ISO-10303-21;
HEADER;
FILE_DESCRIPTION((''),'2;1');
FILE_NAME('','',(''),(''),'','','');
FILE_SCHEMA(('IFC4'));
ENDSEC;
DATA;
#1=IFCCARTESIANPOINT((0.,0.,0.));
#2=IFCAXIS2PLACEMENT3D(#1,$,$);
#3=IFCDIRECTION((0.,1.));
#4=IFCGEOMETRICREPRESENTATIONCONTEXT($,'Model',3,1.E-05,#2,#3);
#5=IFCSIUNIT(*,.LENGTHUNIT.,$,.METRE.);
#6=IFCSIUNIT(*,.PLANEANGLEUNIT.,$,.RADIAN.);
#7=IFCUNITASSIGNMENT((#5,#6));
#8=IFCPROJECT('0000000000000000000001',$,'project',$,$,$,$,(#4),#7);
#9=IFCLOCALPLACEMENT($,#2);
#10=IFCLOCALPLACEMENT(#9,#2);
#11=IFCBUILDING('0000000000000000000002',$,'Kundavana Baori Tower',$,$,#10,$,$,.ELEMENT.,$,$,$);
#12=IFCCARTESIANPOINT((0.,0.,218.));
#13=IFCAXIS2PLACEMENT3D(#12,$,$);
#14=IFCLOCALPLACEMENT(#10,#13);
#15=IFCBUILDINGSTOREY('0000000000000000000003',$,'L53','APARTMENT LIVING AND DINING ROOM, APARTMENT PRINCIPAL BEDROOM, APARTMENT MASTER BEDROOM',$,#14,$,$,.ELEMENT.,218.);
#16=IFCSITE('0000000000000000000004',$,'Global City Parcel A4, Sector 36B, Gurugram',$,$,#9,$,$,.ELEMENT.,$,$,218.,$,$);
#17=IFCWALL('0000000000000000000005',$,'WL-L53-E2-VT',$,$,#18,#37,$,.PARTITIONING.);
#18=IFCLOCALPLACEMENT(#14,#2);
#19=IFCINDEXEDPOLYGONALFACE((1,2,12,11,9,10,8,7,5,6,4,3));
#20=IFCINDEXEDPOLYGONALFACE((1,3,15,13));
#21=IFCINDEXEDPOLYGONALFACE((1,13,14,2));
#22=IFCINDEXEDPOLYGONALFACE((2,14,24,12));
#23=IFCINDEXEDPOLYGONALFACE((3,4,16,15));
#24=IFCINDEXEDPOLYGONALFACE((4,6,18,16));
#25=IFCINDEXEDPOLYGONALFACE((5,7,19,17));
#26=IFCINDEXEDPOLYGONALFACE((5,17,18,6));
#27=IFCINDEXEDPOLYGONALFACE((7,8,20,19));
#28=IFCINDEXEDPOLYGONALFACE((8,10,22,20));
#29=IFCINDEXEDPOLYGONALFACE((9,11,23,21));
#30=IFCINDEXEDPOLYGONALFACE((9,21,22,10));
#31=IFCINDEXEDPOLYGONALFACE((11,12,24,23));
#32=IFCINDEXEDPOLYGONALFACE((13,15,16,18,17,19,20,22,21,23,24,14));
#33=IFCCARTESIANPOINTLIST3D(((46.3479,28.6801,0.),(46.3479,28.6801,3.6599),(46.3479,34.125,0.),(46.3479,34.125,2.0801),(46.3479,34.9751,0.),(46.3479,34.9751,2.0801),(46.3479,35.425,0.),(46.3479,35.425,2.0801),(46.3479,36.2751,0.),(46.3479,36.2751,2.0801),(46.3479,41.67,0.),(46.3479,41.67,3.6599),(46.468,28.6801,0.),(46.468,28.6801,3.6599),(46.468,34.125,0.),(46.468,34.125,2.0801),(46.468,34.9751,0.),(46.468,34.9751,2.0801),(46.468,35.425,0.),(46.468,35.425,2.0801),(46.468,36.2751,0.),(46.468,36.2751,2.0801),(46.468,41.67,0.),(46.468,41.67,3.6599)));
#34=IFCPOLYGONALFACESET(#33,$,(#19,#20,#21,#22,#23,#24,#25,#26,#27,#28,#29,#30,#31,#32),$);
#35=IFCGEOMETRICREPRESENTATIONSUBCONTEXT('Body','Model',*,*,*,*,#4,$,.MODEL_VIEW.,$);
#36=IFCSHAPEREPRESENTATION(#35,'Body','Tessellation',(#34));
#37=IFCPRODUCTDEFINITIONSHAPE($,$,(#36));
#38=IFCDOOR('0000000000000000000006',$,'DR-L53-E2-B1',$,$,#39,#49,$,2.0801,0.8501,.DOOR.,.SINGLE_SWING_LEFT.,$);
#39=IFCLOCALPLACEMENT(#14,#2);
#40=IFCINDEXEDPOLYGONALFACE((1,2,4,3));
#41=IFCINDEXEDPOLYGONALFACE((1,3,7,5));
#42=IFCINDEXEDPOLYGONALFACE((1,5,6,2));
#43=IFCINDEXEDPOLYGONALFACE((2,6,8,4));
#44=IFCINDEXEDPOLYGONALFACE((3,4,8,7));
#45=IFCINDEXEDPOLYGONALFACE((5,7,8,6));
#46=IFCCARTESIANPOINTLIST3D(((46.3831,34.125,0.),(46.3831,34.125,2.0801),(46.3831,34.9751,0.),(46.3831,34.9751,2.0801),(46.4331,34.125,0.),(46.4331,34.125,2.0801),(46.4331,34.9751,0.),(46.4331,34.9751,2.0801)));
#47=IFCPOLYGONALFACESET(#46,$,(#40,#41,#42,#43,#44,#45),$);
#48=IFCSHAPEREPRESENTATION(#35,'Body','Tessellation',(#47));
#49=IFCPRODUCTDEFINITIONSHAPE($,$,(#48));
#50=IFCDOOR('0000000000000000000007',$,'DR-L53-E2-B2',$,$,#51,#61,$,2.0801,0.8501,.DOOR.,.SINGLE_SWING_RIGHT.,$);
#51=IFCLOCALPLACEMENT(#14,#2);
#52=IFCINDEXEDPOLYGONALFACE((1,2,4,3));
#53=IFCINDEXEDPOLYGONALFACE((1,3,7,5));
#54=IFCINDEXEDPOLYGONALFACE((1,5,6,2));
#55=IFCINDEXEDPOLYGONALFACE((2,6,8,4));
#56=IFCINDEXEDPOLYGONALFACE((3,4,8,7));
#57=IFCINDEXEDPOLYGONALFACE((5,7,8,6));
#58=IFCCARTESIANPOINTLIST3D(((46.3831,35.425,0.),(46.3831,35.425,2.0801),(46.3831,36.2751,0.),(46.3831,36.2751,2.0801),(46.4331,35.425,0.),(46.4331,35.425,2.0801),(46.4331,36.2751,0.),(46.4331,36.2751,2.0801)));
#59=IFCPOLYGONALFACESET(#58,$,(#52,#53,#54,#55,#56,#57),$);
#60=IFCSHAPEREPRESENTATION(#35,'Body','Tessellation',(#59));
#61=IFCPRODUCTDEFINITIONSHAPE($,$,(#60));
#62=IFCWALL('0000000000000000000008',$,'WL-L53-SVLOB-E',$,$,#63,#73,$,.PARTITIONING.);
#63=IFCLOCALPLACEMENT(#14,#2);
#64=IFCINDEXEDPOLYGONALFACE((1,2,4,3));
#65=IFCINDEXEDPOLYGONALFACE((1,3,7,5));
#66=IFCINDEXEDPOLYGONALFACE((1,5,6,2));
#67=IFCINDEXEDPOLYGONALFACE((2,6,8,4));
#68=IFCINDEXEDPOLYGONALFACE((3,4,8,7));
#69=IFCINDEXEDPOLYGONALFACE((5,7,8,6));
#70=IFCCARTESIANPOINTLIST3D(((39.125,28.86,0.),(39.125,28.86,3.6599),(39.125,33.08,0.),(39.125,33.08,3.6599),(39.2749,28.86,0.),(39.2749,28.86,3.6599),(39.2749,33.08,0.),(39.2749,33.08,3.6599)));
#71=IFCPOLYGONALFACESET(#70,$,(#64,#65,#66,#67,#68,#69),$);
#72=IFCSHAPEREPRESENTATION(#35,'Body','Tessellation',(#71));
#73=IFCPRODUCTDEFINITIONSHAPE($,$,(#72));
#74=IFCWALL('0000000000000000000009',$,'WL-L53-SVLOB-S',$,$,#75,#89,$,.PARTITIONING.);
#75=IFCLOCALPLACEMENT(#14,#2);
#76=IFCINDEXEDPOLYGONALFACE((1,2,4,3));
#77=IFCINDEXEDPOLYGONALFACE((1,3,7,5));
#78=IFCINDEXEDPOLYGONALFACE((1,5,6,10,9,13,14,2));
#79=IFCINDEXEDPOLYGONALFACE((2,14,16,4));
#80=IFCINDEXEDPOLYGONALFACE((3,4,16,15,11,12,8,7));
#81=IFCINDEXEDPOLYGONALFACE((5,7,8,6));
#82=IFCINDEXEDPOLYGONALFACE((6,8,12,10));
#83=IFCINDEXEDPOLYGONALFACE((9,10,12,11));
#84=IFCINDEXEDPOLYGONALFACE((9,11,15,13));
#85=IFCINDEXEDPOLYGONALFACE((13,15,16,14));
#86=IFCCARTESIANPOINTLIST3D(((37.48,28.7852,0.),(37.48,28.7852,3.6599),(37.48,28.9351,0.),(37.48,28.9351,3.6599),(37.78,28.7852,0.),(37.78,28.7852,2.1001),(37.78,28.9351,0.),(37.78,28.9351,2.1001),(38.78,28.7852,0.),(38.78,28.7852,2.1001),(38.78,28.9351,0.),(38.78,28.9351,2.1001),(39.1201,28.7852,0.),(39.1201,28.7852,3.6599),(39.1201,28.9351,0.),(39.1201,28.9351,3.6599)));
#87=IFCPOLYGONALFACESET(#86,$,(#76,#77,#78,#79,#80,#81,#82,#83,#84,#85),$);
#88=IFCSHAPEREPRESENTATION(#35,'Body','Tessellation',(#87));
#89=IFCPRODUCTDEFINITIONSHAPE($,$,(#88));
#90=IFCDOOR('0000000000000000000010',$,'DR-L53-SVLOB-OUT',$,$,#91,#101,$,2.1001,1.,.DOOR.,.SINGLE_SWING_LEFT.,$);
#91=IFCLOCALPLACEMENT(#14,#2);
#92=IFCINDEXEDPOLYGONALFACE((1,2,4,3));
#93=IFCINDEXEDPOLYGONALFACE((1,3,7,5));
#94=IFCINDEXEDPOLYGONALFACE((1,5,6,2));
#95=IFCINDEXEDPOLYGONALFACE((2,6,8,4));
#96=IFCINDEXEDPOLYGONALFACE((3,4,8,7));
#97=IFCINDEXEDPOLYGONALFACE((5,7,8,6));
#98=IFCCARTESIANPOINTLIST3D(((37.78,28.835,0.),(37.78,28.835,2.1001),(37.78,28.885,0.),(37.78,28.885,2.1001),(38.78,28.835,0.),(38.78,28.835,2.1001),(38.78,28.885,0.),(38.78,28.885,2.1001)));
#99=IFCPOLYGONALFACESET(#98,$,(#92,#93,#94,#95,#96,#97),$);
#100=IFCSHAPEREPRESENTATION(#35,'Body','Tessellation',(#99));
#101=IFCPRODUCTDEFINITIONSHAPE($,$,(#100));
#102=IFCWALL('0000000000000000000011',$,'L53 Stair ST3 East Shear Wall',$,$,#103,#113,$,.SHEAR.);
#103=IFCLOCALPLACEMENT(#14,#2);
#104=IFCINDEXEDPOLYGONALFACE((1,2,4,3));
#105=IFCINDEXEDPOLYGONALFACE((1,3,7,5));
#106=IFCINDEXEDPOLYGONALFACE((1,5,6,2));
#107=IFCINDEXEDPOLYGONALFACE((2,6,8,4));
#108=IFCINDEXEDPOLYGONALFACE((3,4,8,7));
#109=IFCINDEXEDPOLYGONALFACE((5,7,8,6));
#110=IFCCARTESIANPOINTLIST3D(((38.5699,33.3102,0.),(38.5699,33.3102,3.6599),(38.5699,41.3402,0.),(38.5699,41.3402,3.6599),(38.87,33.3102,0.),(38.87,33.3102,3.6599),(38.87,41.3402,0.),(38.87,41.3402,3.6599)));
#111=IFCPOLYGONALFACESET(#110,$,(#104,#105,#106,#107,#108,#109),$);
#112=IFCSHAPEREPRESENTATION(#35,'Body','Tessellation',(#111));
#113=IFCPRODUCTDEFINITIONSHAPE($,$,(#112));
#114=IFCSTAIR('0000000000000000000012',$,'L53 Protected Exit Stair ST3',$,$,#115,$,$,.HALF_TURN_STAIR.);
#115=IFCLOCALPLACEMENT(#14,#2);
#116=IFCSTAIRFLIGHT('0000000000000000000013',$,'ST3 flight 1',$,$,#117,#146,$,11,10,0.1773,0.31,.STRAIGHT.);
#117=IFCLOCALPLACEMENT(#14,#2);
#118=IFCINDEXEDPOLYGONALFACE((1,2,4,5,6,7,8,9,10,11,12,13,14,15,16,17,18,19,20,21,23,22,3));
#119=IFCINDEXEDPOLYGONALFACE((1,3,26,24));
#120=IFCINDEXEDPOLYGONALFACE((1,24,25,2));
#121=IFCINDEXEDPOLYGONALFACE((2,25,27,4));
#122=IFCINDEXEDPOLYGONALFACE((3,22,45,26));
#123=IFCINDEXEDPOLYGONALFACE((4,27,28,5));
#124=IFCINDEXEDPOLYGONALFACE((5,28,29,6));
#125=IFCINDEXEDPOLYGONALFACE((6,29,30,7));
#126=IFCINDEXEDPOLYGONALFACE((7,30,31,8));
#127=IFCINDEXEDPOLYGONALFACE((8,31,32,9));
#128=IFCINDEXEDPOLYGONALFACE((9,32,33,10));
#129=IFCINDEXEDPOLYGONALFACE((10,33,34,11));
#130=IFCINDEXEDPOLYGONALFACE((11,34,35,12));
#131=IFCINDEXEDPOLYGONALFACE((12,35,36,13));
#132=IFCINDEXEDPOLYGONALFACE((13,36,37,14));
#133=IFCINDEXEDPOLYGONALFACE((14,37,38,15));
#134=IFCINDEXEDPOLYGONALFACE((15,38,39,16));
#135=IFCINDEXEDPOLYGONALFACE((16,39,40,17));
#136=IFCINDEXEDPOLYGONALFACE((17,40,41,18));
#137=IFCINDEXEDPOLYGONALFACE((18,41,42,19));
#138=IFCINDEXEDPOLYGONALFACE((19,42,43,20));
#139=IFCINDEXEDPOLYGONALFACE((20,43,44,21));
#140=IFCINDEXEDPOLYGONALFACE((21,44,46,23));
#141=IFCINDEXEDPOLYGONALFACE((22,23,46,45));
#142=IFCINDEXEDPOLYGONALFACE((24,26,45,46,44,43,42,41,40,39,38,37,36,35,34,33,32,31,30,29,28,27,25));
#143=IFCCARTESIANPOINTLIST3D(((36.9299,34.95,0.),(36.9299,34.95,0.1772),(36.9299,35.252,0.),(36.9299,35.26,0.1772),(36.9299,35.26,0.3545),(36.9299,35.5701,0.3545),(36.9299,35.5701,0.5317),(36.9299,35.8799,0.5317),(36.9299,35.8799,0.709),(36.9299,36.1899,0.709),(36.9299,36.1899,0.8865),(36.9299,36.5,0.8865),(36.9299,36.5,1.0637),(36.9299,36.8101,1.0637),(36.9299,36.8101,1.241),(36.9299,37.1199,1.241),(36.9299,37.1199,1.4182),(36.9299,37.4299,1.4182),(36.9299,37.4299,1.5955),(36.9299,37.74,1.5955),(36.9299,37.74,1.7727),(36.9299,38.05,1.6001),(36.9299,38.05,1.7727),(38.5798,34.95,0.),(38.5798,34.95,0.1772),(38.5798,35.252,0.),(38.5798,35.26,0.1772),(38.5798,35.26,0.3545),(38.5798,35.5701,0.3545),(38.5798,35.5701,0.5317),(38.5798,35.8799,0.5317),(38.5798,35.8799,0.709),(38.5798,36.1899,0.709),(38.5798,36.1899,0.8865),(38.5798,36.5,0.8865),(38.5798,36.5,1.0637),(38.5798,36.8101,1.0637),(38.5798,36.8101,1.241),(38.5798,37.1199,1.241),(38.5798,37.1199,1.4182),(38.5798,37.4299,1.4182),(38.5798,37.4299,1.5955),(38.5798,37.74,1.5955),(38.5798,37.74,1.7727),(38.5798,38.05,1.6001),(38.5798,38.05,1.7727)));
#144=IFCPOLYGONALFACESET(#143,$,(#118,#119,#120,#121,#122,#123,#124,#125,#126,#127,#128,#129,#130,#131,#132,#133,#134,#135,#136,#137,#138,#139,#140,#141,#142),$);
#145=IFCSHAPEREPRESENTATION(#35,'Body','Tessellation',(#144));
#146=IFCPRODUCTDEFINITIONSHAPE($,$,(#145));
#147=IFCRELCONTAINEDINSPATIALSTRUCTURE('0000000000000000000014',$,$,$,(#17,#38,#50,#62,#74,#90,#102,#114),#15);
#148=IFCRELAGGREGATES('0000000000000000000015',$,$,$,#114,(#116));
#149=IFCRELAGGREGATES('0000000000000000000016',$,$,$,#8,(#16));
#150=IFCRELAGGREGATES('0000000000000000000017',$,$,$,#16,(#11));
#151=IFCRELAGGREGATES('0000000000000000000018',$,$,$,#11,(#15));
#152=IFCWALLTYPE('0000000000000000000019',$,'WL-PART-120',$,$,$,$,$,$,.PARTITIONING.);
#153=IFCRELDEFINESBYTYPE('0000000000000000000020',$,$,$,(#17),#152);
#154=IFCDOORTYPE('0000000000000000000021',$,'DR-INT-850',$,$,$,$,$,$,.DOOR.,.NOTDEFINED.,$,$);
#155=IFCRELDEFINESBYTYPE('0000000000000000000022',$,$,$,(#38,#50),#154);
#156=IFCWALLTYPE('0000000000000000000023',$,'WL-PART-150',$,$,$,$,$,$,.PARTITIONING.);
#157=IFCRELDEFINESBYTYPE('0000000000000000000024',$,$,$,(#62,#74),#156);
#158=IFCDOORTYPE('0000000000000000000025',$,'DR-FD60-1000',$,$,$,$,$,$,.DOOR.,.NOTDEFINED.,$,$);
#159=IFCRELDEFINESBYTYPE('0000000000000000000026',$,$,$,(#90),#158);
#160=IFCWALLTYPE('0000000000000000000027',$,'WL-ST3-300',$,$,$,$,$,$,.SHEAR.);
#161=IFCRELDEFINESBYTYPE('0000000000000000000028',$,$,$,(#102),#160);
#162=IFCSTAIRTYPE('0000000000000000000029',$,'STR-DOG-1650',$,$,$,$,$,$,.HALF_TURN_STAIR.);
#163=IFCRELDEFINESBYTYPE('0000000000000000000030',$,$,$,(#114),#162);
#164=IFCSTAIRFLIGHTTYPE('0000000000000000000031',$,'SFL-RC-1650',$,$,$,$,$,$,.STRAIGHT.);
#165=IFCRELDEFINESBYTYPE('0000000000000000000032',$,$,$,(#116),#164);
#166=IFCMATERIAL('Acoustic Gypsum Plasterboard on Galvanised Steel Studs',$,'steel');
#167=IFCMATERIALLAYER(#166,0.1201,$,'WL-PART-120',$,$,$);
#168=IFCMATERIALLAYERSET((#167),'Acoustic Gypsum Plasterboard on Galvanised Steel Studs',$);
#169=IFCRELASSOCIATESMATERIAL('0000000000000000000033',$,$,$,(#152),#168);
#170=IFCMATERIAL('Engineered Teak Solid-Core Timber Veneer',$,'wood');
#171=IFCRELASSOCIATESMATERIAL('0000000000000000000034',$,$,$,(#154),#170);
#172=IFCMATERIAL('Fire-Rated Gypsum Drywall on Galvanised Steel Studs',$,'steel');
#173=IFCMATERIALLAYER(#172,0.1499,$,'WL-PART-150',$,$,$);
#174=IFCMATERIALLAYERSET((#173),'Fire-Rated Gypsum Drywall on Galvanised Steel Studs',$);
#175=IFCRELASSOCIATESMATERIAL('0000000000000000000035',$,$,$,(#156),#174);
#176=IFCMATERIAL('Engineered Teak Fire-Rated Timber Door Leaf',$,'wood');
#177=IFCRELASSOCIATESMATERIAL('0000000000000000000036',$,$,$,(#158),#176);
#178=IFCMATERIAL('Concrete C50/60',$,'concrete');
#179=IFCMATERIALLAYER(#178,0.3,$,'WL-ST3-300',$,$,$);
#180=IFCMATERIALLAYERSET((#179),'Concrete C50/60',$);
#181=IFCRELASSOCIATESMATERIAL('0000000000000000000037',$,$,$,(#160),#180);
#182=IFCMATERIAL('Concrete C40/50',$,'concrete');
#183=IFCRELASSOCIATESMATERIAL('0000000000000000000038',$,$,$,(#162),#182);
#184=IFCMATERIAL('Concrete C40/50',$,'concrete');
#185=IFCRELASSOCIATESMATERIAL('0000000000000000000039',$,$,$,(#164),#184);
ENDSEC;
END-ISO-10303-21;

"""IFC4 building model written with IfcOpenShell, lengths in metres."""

from ifc_helpers import new_model, si_unit, direction, frame, frame_2d, origin, place, context, subcontext, project, spatial, polyline, rectangle, outline, extrude, material, layer, layer_set, type_object, element, fill, aggregate, save


model = new_model("IFC4")

# Units and contexts
model_context = context("Model", 3, precision=1e-05, world=origin(), true_north=direction((0.0, 1.0)))
body_context = subcontext(model_context, "Body", "Model", "MODEL_VIEW")
ifc_project = project(units=[si_unit("LENGTHUNIT", "METRE"), si_unit("PLANEANGLEUNIT", "RADIAN")], contexts=[model_context])

# Site, building, storey
site_placement = place(None, origin())
site = spatial("IfcSite", under=ifc_project, at=site_placement, Name="Global City Parcel A4, Sector 36B, Gurugram", CompositionType="ELEMENT", RefElevation=218.0)
building_placement = place(site_placement, origin())
building = spatial("IfcBuilding", under=site, at=building_placement, Name="Kundavana Baori Tower", CompositionType="ELEMENT")
storey_placement = place(building_placement, frame((0.0, 0.0, 218.0)))
storey = spatial("IfcBuildingStorey", under=building, at=storey_placement, Name="L53", Description="APARTMENT LIVING AND DINING ROOM, APARTMENT PRINCIPAL BEDROOM, APARTMENT MASTER BEDROOM", CompositionType="ELEMENT", Elevation=218.0)

# Shared definitions
ifc_material_1 = material(Name="Acoustic Gypsum Plasterboard on Galvanised Steel Studs", Category="steel")
ifc_layer_1 = layer(ifc_material_1, 0.1201, Name="WL-PART-120")
ifc_layer_set_1 = layer_set([ifc_layer_1], Name="Acoustic Gypsum Plasterboard on Galvanised Steel Studs")
wall_type_1 = type_object("IfcWallType", Name="WL-PART-120", PredefinedType="PARTITIONING", material=ifc_layer_set_1)

# Wall, openings, doors
wall_1_placement = place(storey_placement, frame((46.408, 28.6799, 0.0), z_axis=(0.0, 0.0, 1.0), x_axis=(0.0, 1.0, 0.0)))
wall_1 = element("IfcWall", 1, at=wall_1_placement, inside=storey, type_object=wall_type_1, Name="WL-L53-E2-VT", PredefinedType="PARTITIONING", context=body_context, shape_type="SweptSolid", body=[
    extrude(rectangle(XDim=12.99, YDim=0.1201, at=frame_2d((6.4951, 0.0))), origin(), (0.0, 0.0, 1.0), 3.6599),
])
opening_1_placement = place(wall_1_placement, frame((5.4451, 0.0, 0.0)))
opening_1 = element("IfcOpeningElement", 2, at=opening_1_placement, cuts=wall_1, PredefinedType="OPENING", context=body_context, shape_type="SweptSolid", body=[
    extrude(rectangle(XDim=0.8501, YDim=2.0801, at=frame_2d((0.425, 1.04))), frame((0.0, 0.0701, 0.0), z_axis=(0.0, -1.0, 0.0), x_axis=(1.0, 0.0, 0.0)), (0.0, 0.0, 1.0), 0.1401),
])
opening_2_placement = place(wall_1_placement, frame((6.7451, 0.0, 0.0)))
opening_2 = element("IfcOpeningElement", 3, at=opening_2_placement, cuts=wall_1, PredefinedType="OPENING", context=body_context, shape_type="SweptSolid", body=[
    extrude(rectangle(XDim=0.8501, YDim=2.0801, at=frame_2d((0.425, 1.04))), frame((0.0, 0.0701, 0.0), z_axis=(0.0, -1.0, 0.0), x_axis=(1.0, 0.0, 0.0)), (0.0, 0.0, 1.0), 0.1401),
])
ifc_material_2 = material(Name="Engineered Teak Solid-Core Timber Veneer", Category="wood")
door_type_1 = type_object("IfcDoorType", Name="DR-INT-850", OperationType="NOTDEFINED", PredefinedType="DOOR", material=ifc_material_2)
door_1_placement = place(opening_1_placement, origin())
door_1 = element("IfcDoor", 4, at=door_1_placement, inside=storey, type_object=door_type_1, Name="DR-L53-E2-B1", OperationType="SINGLE_SWING_LEFT", OverallHeight=2.0801, OverallWidth=0.8501, PredefinedType="DOOR", context=body_context, shape_type="SweptSolid", body=[
    extrude(rectangle(XDim=0.8501, YDim=2.0801, at=frame_2d((0.425, 1.04))), frame((0.0, 0.0249, 0.0), z_axis=(0.0, -1.0, 0.0), x_axis=(1.0, 0.0, 0.0)), (0.0, 0.0, 1.0), 0.05),
])
fill(opening_1, door_1)
door_2_placement = place(opening_2_placement, origin())
door_2 = element("IfcDoor", 5, at=door_2_placement, inside=storey, type_object=door_type_1, Name="DR-L53-E2-B2", OperationType="SINGLE_SWING_RIGHT", OverallHeight=2.0801, OverallWidth=0.8501, PredefinedType="DOOR", context=body_context, shape_type="SweptSolid", body=[
    extrude(rectangle(XDim=0.8501, YDim=2.0801, at=frame_2d((0.425, 1.04))), frame((0.0, 0.0249, 0.0), z_axis=(0.0, -1.0, 0.0), x_axis=(1.0, 0.0, 0.0)), (0.0, 0.0, 1.0), 0.05),
])
fill(opening_2, door_2)

# Wall
ifc_material_3 = material(Name="Fire-Rated Gypsum Drywall on Galvanised Steel Studs", Category="steel")
ifc_layer_2 = layer(ifc_material_3, 0.1499, Name="WL-PART-150")
ifc_layer_set_2 = layer_set([ifc_layer_2], Name="Fire-Rated Gypsum Drywall on Galvanised Steel Studs")
wall_type_2 = type_object("IfcWallType", Name="WL-PART-150", PredefinedType="PARTITIONING", material=ifc_layer_set_2)
wall_2_placement = place(storey_placement, frame((39.2, 28.8601, 0.0), z_axis=(0.0, 0.0, 1.0), x_axis=(0.0, 1.0, 0.0)))
element("IfcWall", 6, at=wall_2_placement, inside=storey, type_object=wall_type_2, Name="WL-L53-SVLOB-E", PredefinedType="PARTITIONING", context=body_context, shape_type="SweptSolid", body=[
    extrude(rectangle(XDim=4.22, YDim=0.1499, at=frame_2d((2.1099, 0.0))), origin(), (0.0, 0.0, 1.0), 3.6599),
])

# Wall, opening, door
wall_3_placement = place(storey_placement, frame((37.48, 28.8601, 0.0), z_axis=(0.0, 0.0, 1.0), x_axis=(1.0, 0.0, 0.0)))
wall_3 = element("IfcWall", 7, at=wall_3_placement, inside=storey, type_object=wall_type_2, Name="WL-L53-SVLOB-S", PredefinedType="PARTITIONING", context=body_context, shape_type="SweptSolid", body=[
    extrude(rectangle(XDim=1.6401, YDim=0.1499, at=frame_2d((0.8201, 0.0))), origin(), (0.0, 0.0, 1.0), 3.6599),
])
opening_3_placement = place(wall_3_placement, frame((0.3, 0.0, 0.0)))
opening_3 = element("IfcOpeningElement", 8, at=opening_3_placement, cuts=wall_3, PredefinedType="OPENING", context=body_context, shape_type="SweptSolid", body=[
    extrude(rectangle(XDim=1.0, YDim=2.1001, at=frame_2d((0.5, 1.05))), frame((0.0, 0.085, 0.0), z_axis=(0.0, -1.0, 0.0), x_axis=(1.0, 0.0, 0.0)), (0.0, 0.0, 1.0), 0.1699),
])
ifc_material_4 = material(Name="Engineered Teak Fire-Rated Timber Door Leaf", Category="wood")
door_type_2 = type_object("IfcDoorType", Name="DR-FD60-1000", OperationType="NOTDEFINED", PredefinedType="DOOR", material=ifc_material_4)
door_3_placement = place(opening_3_placement, origin())
door_3 = element("IfcDoor", 9, at=door_3_placement, inside=storey, type_object=door_type_2, Name="DR-L53-SVLOB-OUT", OperationType="SINGLE_SWING_LEFT", OverallHeight=2.1001, OverallWidth=1.0, PredefinedType="DOOR", context=body_context, shape_type="SweptSolid", body=[
    extrude(rectangle(XDim=1.0, YDim=2.1001, at=frame_2d((0.5, 1.05))), frame((0.0, 0.0249, 0.0), z_axis=(0.0, -1.0, 0.0), x_axis=(1.0, 0.0, 0.0)), (0.0, 0.0, 1.0), 0.05),
])
fill(opening_3, door_3)

# Wall
ifc_material_5 = material(Name="Concrete C50/60", Category="concrete")
ifc_layer_3 = layer(ifc_material_5, 0.3, Name="WL-ST3-300")
ifc_layer_set_3 = layer_set([ifc_layer_3], Name="Concrete C50/60")
wall_type_3 = type_object("IfcWallType", Name="WL-ST3-300", PredefinedType="SHEAR", material=ifc_layer_set_3)
wall_4_placement = place(storey_placement, frame((38.72, 33.3101, 0.0), z_axis=(0.0, 0.0, 1.0), x_axis=(0.0, 1.0, 0.0)))
element("IfcWall", 10, at=wall_4_placement, inside=storey, type_object=wall_type_3, Name="L53 Stair ST3 East Shear Wall", PredefinedType="SHEAR", context=body_context, shape_type="SweptSolid", body=[
    extrude(rectangle(XDim=8.03, YDim=0.3, at=frame_2d((4.0151, 0.0))), origin(), (0.0, 0.0, 1.0), 3.6599),
])

# Stair, stair flight
ifc_material_6 = material(Name="Concrete C40/50", Category="concrete")
stair_type = type_object("IfcStairType", Name="STR-DOG-1650", PredefinedType="HALF_TURN_STAIR", material=ifc_material_6)
stair_placement = place(storey_placement, origin())
stair = element("IfcStair", 11, at=stair_placement, inside=storey, type_object=stair_type, Name="L53 Protected Exit Stair ST3", PredefinedType="HALF_TURN_STAIR")
ifc_material_7 = material(Name="Concrete C40/50", Category="concrete")
stair_flight_type = type_object("IfcStairFlightType", Name="SFL-RC-1650", PredefinedType="STRAIGHT", material=ifc_material_7)
stair_flight_placement = place(storey_placement, frame((37.7549, 34.95, 0.0), z_axis=(0.0, 0.0, 1.0), x_axis=(0.0, 1.0, 0.0)))
stair_flight = element("IfcStairFlight", 12, at=stair_flight_placement, type_object=stair_flight_type, Name="ST3 flight 1", NumberOfRisers=11, NumberOfTreads=10, PredefinedType="STRAIGHT", RiserHeight=0.1773, TreadLength=0.31, context=body_context, shape_type="SweptSolid", body=[
    extrude(outline(polyline([(0.0, 0.0), (0.0, 0.1772), (0.3101, 0.1772), (0.3101, 0.3545), (0.6201, 0.3545), (0.6201, 0.5317), (0.9299, 0.5317), (0.9299, 0.709), (1.24, 0.709), (1.24, 0.8865), (1.55, 0.8865), (1.55, 1.0637), (1.8601, 1.0637), (1.8601, 1.241), (2.1699, 1.241), (2.1699, 1.4182), (2.48, 1.4182), (2.48, 1.5955), (2.79, 1.5955), (2.79, 1.7727), (3.1001, 1.7727), (3.1001, 1.95), (3.1001, 1.6001), (0.302, 0.0), (0.0, 0.0)])), frame((0.0, 0.825, 0.0), z_axis=(0.0, -1.0, 0.0), x_axis=(1.0, 0.0, 0.0)), (0.0, 0.0, 1.0), 1.6499),
])
aggregate(stair, [stair_flight])

save(model, "model.ifc")
